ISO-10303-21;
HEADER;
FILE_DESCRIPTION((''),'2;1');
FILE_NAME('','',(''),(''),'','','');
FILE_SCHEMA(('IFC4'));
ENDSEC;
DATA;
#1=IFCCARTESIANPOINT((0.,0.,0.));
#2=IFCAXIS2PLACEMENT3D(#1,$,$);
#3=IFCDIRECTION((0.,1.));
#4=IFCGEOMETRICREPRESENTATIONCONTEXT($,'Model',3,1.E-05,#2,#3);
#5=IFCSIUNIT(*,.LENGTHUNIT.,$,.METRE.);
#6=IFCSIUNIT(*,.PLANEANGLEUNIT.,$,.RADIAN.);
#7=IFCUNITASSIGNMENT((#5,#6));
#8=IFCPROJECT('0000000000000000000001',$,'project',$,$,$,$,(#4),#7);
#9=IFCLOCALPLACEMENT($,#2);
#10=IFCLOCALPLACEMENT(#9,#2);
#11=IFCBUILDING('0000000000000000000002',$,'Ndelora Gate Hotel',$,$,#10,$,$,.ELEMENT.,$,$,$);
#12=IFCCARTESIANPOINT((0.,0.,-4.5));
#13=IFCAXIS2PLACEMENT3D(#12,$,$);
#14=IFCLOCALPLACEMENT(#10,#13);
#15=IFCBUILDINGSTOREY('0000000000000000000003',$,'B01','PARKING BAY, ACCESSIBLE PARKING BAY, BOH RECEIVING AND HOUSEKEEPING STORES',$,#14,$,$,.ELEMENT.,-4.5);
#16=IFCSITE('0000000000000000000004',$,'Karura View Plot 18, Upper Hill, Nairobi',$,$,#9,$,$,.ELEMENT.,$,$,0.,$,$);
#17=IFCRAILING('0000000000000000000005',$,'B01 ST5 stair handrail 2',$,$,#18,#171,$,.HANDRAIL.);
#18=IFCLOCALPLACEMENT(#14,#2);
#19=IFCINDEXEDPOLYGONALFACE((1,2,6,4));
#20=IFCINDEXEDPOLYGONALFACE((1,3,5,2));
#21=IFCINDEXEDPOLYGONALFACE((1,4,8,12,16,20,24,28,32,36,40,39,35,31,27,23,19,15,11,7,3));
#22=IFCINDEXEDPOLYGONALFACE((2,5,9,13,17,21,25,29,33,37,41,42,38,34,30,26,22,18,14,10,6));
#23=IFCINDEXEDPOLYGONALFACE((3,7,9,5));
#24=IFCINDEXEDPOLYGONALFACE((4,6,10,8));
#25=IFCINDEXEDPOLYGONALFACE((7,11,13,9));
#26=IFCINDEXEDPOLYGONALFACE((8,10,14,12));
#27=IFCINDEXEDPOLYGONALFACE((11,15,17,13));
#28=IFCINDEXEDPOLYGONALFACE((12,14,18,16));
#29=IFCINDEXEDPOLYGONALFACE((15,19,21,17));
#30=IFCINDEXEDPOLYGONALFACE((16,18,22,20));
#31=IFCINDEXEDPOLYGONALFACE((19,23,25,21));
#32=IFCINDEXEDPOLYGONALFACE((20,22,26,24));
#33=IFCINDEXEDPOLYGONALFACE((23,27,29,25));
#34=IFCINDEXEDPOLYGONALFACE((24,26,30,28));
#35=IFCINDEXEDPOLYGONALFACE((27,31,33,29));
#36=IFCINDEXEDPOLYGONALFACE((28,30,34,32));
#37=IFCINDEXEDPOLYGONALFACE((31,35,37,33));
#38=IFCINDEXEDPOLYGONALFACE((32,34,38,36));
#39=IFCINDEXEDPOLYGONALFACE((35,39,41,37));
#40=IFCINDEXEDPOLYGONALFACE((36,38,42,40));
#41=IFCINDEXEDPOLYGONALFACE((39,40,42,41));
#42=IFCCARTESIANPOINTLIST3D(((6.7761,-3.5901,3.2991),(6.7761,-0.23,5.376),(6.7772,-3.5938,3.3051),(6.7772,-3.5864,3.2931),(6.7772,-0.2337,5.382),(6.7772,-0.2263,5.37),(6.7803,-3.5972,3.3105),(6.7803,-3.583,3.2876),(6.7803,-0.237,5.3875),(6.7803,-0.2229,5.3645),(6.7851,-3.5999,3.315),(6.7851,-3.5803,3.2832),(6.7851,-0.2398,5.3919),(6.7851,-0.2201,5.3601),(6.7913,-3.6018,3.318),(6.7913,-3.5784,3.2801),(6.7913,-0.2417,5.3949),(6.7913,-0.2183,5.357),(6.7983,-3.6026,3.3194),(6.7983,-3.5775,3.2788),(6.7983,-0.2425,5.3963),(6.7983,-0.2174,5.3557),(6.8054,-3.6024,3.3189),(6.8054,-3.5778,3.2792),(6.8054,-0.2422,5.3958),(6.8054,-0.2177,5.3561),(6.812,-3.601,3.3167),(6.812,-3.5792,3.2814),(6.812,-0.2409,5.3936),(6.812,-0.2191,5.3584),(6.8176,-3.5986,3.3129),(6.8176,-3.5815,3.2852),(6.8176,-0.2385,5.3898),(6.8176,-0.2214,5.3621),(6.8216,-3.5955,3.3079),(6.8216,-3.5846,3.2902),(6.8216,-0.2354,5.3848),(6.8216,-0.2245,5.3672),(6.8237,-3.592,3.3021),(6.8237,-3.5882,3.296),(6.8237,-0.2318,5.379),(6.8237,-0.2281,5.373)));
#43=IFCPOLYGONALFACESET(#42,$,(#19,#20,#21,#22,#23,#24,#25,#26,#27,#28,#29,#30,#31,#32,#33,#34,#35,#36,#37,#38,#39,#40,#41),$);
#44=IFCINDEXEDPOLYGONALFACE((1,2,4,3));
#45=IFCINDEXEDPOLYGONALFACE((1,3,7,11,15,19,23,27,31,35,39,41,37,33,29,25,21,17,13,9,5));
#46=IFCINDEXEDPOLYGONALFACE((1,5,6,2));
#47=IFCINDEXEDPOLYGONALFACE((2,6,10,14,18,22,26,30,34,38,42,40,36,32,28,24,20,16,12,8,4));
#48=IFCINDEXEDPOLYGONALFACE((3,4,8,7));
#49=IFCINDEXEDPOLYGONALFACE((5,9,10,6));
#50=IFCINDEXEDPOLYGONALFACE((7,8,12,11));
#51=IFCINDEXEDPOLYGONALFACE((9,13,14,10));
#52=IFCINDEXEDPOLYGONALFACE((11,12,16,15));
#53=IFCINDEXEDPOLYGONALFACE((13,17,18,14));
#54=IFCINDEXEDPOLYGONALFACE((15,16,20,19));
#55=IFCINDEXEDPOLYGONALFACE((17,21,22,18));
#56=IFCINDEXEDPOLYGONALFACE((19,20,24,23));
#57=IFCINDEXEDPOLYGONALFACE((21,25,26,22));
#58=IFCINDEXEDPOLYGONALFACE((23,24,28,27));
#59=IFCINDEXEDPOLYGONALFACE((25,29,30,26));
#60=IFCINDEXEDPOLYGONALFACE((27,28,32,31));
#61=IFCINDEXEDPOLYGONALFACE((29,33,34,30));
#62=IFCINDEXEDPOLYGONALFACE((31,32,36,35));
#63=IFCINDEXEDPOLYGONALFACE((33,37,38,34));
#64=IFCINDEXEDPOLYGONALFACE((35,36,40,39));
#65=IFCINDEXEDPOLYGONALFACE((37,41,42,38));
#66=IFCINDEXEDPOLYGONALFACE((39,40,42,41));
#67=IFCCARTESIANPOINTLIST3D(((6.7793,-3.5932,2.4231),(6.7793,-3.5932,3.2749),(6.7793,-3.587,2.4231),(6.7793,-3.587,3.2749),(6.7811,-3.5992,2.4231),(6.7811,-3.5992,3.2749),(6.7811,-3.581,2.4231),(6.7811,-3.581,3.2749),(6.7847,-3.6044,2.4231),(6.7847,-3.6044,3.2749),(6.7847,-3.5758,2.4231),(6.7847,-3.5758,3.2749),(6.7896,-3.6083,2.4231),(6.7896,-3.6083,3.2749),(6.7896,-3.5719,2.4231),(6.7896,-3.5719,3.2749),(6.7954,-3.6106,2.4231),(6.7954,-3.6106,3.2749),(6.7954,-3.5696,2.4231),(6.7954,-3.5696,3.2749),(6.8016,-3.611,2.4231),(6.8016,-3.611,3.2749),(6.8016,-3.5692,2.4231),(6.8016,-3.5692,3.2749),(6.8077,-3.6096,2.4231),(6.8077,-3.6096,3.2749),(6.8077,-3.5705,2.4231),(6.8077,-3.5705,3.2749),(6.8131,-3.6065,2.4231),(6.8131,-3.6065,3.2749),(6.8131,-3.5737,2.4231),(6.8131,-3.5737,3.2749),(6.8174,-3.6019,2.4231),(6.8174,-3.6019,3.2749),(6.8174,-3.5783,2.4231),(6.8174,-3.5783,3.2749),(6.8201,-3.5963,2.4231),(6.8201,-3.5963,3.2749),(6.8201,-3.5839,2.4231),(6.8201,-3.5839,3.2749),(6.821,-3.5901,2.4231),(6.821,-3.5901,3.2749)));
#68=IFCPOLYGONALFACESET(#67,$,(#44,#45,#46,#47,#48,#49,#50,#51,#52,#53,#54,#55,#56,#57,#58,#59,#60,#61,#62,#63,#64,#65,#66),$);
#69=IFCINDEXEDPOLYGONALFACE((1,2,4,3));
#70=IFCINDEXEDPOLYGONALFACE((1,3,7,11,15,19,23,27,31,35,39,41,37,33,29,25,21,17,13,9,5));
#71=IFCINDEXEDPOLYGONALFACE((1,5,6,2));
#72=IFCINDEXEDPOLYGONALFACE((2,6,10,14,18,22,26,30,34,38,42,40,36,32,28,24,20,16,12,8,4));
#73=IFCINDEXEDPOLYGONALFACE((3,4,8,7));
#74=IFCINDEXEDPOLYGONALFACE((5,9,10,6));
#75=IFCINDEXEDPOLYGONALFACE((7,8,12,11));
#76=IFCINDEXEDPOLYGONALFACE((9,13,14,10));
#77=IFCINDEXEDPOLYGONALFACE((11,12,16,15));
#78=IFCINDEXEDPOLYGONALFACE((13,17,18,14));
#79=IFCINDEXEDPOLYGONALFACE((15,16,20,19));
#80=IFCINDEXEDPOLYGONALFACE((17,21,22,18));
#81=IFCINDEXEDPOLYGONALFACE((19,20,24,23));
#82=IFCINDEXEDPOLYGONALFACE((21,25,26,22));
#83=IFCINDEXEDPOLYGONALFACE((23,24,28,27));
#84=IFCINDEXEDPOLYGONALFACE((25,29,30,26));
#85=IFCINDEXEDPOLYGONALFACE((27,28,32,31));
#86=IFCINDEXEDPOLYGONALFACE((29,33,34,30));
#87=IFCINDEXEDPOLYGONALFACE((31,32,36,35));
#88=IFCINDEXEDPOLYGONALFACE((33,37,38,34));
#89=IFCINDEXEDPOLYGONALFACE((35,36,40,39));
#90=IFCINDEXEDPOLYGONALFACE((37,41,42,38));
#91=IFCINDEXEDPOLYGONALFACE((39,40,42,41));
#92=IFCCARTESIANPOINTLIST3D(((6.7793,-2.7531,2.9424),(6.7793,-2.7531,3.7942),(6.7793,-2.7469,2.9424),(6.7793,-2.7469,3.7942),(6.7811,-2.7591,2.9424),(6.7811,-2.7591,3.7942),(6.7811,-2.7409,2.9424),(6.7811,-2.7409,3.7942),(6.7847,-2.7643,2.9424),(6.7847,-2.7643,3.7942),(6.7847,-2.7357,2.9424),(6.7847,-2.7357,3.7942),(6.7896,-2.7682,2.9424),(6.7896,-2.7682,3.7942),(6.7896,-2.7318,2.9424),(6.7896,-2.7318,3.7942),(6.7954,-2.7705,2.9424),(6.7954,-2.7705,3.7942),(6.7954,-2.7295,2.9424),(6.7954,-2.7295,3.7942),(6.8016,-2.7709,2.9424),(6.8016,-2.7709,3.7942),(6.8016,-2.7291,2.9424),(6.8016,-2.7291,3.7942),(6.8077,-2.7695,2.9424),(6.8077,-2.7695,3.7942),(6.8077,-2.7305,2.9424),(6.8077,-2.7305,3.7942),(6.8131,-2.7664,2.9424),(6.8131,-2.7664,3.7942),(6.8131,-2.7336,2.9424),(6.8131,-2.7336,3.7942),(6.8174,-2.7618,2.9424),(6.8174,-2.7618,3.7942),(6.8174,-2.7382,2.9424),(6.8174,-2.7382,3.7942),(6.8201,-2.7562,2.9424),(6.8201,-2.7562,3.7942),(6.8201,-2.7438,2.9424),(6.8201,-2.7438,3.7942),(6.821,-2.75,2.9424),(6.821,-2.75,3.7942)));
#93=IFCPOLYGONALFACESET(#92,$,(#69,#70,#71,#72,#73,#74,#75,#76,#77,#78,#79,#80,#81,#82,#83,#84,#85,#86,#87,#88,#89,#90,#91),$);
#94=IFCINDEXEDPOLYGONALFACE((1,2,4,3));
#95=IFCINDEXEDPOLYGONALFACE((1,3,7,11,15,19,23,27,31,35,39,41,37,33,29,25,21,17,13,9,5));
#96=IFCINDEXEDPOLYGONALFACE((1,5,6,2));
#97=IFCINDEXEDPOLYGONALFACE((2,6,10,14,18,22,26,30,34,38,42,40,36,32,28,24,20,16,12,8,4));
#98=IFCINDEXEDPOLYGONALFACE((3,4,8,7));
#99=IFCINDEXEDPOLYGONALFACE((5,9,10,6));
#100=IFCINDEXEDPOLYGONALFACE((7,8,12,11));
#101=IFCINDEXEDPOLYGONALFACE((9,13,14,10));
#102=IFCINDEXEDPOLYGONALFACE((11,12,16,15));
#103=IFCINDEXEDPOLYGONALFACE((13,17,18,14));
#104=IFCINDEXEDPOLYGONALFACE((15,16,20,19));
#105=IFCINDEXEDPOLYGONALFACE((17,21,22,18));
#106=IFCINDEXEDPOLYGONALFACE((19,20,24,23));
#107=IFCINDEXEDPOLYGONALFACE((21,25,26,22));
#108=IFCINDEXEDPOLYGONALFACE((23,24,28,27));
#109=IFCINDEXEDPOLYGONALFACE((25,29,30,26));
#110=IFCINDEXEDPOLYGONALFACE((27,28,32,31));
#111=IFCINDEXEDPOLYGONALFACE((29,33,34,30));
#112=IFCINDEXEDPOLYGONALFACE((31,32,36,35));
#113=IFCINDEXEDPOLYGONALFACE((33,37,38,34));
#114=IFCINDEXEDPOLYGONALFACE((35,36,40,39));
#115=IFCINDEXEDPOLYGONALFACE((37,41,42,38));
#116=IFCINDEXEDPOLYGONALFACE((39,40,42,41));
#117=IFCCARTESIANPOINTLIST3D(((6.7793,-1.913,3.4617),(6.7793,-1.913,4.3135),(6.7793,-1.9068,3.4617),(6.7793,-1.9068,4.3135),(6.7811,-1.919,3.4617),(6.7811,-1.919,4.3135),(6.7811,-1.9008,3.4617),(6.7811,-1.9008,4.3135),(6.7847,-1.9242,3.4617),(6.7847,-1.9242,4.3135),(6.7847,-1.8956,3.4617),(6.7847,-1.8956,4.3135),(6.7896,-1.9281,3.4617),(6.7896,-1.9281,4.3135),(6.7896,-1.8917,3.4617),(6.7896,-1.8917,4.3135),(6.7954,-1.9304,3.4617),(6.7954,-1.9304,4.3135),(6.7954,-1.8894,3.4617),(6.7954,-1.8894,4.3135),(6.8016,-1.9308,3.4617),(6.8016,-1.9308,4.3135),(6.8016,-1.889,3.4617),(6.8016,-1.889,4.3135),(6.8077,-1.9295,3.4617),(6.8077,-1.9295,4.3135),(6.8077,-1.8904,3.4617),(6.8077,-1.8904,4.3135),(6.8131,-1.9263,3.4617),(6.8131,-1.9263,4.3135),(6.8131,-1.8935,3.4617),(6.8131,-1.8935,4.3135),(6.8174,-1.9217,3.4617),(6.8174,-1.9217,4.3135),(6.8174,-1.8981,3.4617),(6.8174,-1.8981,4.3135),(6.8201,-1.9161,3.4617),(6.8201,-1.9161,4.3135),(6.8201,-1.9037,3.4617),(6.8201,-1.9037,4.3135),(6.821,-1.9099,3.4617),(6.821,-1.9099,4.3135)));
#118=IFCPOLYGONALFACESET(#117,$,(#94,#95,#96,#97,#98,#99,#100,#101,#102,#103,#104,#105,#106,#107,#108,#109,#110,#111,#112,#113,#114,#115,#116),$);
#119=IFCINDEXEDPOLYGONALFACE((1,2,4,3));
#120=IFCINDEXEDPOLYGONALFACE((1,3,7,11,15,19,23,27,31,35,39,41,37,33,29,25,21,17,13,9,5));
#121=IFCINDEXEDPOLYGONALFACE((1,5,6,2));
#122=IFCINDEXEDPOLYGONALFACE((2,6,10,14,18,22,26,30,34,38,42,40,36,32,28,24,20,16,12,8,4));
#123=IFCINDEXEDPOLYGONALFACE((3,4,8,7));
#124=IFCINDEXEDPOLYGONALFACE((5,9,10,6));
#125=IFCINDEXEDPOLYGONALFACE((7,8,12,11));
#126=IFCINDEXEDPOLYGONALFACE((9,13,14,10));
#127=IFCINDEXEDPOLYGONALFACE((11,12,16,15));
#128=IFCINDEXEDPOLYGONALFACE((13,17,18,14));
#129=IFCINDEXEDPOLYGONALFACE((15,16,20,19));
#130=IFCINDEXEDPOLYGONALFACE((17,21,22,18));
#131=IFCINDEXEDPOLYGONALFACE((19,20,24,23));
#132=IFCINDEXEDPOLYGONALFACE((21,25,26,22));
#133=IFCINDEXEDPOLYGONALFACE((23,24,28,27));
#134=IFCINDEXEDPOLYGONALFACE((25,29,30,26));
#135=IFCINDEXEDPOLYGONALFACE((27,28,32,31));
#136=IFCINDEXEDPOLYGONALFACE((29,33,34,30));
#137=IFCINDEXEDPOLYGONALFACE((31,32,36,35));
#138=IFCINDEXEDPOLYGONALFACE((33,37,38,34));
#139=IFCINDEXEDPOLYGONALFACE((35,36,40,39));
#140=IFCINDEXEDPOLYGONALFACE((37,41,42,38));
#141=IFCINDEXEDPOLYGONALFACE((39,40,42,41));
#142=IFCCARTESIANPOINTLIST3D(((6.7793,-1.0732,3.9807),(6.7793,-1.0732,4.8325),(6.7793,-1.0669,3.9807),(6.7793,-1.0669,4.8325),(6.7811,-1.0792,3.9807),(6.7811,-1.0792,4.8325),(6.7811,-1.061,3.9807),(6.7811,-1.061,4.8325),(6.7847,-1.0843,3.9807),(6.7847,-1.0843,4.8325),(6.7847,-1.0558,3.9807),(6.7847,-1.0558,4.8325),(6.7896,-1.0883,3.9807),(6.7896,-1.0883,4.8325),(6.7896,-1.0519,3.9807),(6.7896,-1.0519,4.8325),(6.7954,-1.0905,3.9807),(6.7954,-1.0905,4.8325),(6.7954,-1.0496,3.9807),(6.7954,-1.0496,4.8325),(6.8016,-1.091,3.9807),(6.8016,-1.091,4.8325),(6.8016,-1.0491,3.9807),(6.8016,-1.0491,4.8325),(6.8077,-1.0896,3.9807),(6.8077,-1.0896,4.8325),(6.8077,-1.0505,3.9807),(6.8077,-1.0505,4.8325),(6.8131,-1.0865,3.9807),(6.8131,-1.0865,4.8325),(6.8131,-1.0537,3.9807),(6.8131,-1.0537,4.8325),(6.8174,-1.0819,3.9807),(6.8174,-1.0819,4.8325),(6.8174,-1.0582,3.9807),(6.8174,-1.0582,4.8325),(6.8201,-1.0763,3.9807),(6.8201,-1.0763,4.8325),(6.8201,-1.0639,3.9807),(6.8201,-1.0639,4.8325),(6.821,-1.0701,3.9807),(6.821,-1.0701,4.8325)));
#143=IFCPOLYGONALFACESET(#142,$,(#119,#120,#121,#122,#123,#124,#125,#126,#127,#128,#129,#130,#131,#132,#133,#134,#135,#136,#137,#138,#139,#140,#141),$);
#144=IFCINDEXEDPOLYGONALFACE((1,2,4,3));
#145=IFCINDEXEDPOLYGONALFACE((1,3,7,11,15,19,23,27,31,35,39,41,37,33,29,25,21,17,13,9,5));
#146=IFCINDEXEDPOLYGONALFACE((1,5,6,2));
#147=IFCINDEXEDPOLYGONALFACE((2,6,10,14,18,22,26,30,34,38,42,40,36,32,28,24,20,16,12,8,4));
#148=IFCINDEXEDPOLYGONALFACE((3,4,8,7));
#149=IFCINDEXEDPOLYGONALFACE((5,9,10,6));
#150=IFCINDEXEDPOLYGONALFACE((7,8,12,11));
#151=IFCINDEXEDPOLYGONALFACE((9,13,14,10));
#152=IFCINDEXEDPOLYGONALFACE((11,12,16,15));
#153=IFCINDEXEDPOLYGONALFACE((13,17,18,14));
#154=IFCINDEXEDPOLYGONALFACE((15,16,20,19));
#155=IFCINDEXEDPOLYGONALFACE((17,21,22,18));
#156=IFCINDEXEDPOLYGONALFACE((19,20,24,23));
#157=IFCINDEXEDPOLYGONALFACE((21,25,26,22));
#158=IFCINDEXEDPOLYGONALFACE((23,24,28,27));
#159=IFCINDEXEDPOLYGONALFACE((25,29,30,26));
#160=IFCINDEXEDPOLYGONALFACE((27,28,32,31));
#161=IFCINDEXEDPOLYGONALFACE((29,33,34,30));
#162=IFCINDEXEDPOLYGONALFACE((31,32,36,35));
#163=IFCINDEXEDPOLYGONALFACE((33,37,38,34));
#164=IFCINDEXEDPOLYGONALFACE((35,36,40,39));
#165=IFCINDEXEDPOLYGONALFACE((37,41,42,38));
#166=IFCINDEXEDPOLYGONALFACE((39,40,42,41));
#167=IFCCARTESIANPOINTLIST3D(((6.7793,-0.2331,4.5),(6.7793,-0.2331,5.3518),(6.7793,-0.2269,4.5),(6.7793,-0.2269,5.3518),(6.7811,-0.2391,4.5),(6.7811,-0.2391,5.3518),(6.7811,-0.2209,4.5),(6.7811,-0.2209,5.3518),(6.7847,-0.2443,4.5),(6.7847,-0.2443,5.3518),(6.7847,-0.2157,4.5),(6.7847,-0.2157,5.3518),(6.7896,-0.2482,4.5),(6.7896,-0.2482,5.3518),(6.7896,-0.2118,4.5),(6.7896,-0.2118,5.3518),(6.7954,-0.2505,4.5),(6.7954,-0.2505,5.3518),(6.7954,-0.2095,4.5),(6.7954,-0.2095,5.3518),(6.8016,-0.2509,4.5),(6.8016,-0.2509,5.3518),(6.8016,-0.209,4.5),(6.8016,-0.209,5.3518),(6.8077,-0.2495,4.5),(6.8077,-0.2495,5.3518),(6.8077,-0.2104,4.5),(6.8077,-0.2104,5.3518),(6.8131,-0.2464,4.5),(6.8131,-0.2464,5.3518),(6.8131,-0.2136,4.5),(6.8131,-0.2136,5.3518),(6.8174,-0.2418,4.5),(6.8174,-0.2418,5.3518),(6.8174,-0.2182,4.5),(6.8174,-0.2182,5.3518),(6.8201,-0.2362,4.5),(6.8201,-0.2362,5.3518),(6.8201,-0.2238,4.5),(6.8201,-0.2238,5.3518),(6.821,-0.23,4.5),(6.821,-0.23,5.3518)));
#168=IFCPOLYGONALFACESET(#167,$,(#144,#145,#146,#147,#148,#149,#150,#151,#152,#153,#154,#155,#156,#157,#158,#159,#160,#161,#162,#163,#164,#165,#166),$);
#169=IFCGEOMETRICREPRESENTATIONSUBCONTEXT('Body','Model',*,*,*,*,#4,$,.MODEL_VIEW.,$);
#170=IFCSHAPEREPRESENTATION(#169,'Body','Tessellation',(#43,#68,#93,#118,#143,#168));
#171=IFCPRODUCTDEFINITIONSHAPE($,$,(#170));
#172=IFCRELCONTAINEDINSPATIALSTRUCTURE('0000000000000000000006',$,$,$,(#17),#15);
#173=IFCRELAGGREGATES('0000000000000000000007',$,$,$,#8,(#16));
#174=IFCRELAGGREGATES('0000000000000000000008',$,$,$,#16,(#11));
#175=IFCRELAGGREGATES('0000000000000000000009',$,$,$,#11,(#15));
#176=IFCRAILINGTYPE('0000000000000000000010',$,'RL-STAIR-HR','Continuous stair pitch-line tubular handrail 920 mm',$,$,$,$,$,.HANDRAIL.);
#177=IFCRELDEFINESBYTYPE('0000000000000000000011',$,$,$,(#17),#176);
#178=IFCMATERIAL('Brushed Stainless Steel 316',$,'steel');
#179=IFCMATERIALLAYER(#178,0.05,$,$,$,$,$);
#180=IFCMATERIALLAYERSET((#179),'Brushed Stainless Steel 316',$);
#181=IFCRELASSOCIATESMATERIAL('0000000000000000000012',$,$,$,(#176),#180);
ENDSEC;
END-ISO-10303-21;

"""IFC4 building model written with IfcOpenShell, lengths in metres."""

from ifc_helpers import new_model, si_unit, direction, frame, origin, origin_2d, place, context, subcontext, project, spatial, circle, extrude, material, layer, layer_set, type_object, element, save


model = new_model("IFC4")

# Units and contexts
model_context = context("Model", 3, precision=1e-05, world=origin(), true_north=direction((0.0, 1.0)))
body_context = subcontext(model_context, "Body", "Model", "MODEL_VIEW")
ifc_project = project(units=[si_unit("LENGTHUNIT", "METRE"), si_unit("PLANEANGLEUNIT", "RADIAN")], contexts=[model_context])

# Site, building, storey
site_placement = place(None, origin())
site = spatial("IfcSite", under=ifc_project, at=site_placement, Name="Karura View Plot 18, Upper Hill, Nairobi", CompositionType="ELEMENT", RefElevation=0.0)
building_placement = place(site_placement, origin())
building = spatial("IfcBuilding", under=site, at=building_placement, Name="Ndelora Gate Hotel", CompositionType="ELEMENT")
storey_placement = place(building_placement, frame((0.0, 0.0, -4.5)))
storey = spatial("IfcBuildingStorey", under=building, at=storey_placement, Name="B01", Description="PARKING BAY, ACCESSIBLE PARKING BAY, BOH RECEIVING AND HOUSEKEEPING STORES", CompositionType="ELEMENT", Elevation=-4.5)

# Railing
ifc_material_1 = material(Name="Brushed Stainless Steel 316", Category="steel")
ifc_layer_1 = layer(ifc_material_1, 0.05)
ifc_layer_set_1 = layer_set([ifc_layer_1], Name="Brushed Stainless Steel 316")
railing_type_1 = type_object("IfcRailingType", Name="RL-STAIR-HR", Description="Continuous stair pitch-line tubular handrail 920 mm", PredefinedType="HANDRAIL", material=ifc_layer_set_1)
railing_1_placement = place(storey_placement, frame((6.8, -3.5901, 2.4231)))
element("IfcRailing", 1, at=railing_1_placement, inside=storey, type_object=railing_type_1, Name="B01 ST5 stair handrail 2", PredefinedType="HANDRAIL", context=body_context, shape_type="SweptSolid", body=[
    extrude(circle(Radius=0.0239, at=origin_2d()), frame((0.0, 0.0, 0.876), z_axis=(0.0, 0.850623, 0.525776), x_axis=(-1.0, 0.0, 0.0)), (0.0, 0.0, 1.0), 3.9502),
    extrude(circle(Radius=0.021, at=origin_2d()), origin(), (0.0, 0.0, 1.0), 0.8518),
    extrude(circle(Radius=0.021, at=origin_2d()), frame((0.0, 0.8401, 0.5193)), (0.0, 0.0, 1.0), 0.8518),
    extrude(circle(Radius=0.021, at=origin_2d()), frame((0.0, 1.6802, 1.0386)), (0.0, 0.0, 1.0), 0.8518),
    extrude(circle(Radius=0.021, at=origin_2d()), frame((0.0, 2.52, 1.5576)), (0.0, 0.0, 1.0), 0.8518),
    extrude(circle(Radius=0.021, at=origin_2d()), frame((0.0, 3.3601, 2.0769)), (0.0, 0.0, 1.0), 0.8518),
])

save(model, "model.ifc")
